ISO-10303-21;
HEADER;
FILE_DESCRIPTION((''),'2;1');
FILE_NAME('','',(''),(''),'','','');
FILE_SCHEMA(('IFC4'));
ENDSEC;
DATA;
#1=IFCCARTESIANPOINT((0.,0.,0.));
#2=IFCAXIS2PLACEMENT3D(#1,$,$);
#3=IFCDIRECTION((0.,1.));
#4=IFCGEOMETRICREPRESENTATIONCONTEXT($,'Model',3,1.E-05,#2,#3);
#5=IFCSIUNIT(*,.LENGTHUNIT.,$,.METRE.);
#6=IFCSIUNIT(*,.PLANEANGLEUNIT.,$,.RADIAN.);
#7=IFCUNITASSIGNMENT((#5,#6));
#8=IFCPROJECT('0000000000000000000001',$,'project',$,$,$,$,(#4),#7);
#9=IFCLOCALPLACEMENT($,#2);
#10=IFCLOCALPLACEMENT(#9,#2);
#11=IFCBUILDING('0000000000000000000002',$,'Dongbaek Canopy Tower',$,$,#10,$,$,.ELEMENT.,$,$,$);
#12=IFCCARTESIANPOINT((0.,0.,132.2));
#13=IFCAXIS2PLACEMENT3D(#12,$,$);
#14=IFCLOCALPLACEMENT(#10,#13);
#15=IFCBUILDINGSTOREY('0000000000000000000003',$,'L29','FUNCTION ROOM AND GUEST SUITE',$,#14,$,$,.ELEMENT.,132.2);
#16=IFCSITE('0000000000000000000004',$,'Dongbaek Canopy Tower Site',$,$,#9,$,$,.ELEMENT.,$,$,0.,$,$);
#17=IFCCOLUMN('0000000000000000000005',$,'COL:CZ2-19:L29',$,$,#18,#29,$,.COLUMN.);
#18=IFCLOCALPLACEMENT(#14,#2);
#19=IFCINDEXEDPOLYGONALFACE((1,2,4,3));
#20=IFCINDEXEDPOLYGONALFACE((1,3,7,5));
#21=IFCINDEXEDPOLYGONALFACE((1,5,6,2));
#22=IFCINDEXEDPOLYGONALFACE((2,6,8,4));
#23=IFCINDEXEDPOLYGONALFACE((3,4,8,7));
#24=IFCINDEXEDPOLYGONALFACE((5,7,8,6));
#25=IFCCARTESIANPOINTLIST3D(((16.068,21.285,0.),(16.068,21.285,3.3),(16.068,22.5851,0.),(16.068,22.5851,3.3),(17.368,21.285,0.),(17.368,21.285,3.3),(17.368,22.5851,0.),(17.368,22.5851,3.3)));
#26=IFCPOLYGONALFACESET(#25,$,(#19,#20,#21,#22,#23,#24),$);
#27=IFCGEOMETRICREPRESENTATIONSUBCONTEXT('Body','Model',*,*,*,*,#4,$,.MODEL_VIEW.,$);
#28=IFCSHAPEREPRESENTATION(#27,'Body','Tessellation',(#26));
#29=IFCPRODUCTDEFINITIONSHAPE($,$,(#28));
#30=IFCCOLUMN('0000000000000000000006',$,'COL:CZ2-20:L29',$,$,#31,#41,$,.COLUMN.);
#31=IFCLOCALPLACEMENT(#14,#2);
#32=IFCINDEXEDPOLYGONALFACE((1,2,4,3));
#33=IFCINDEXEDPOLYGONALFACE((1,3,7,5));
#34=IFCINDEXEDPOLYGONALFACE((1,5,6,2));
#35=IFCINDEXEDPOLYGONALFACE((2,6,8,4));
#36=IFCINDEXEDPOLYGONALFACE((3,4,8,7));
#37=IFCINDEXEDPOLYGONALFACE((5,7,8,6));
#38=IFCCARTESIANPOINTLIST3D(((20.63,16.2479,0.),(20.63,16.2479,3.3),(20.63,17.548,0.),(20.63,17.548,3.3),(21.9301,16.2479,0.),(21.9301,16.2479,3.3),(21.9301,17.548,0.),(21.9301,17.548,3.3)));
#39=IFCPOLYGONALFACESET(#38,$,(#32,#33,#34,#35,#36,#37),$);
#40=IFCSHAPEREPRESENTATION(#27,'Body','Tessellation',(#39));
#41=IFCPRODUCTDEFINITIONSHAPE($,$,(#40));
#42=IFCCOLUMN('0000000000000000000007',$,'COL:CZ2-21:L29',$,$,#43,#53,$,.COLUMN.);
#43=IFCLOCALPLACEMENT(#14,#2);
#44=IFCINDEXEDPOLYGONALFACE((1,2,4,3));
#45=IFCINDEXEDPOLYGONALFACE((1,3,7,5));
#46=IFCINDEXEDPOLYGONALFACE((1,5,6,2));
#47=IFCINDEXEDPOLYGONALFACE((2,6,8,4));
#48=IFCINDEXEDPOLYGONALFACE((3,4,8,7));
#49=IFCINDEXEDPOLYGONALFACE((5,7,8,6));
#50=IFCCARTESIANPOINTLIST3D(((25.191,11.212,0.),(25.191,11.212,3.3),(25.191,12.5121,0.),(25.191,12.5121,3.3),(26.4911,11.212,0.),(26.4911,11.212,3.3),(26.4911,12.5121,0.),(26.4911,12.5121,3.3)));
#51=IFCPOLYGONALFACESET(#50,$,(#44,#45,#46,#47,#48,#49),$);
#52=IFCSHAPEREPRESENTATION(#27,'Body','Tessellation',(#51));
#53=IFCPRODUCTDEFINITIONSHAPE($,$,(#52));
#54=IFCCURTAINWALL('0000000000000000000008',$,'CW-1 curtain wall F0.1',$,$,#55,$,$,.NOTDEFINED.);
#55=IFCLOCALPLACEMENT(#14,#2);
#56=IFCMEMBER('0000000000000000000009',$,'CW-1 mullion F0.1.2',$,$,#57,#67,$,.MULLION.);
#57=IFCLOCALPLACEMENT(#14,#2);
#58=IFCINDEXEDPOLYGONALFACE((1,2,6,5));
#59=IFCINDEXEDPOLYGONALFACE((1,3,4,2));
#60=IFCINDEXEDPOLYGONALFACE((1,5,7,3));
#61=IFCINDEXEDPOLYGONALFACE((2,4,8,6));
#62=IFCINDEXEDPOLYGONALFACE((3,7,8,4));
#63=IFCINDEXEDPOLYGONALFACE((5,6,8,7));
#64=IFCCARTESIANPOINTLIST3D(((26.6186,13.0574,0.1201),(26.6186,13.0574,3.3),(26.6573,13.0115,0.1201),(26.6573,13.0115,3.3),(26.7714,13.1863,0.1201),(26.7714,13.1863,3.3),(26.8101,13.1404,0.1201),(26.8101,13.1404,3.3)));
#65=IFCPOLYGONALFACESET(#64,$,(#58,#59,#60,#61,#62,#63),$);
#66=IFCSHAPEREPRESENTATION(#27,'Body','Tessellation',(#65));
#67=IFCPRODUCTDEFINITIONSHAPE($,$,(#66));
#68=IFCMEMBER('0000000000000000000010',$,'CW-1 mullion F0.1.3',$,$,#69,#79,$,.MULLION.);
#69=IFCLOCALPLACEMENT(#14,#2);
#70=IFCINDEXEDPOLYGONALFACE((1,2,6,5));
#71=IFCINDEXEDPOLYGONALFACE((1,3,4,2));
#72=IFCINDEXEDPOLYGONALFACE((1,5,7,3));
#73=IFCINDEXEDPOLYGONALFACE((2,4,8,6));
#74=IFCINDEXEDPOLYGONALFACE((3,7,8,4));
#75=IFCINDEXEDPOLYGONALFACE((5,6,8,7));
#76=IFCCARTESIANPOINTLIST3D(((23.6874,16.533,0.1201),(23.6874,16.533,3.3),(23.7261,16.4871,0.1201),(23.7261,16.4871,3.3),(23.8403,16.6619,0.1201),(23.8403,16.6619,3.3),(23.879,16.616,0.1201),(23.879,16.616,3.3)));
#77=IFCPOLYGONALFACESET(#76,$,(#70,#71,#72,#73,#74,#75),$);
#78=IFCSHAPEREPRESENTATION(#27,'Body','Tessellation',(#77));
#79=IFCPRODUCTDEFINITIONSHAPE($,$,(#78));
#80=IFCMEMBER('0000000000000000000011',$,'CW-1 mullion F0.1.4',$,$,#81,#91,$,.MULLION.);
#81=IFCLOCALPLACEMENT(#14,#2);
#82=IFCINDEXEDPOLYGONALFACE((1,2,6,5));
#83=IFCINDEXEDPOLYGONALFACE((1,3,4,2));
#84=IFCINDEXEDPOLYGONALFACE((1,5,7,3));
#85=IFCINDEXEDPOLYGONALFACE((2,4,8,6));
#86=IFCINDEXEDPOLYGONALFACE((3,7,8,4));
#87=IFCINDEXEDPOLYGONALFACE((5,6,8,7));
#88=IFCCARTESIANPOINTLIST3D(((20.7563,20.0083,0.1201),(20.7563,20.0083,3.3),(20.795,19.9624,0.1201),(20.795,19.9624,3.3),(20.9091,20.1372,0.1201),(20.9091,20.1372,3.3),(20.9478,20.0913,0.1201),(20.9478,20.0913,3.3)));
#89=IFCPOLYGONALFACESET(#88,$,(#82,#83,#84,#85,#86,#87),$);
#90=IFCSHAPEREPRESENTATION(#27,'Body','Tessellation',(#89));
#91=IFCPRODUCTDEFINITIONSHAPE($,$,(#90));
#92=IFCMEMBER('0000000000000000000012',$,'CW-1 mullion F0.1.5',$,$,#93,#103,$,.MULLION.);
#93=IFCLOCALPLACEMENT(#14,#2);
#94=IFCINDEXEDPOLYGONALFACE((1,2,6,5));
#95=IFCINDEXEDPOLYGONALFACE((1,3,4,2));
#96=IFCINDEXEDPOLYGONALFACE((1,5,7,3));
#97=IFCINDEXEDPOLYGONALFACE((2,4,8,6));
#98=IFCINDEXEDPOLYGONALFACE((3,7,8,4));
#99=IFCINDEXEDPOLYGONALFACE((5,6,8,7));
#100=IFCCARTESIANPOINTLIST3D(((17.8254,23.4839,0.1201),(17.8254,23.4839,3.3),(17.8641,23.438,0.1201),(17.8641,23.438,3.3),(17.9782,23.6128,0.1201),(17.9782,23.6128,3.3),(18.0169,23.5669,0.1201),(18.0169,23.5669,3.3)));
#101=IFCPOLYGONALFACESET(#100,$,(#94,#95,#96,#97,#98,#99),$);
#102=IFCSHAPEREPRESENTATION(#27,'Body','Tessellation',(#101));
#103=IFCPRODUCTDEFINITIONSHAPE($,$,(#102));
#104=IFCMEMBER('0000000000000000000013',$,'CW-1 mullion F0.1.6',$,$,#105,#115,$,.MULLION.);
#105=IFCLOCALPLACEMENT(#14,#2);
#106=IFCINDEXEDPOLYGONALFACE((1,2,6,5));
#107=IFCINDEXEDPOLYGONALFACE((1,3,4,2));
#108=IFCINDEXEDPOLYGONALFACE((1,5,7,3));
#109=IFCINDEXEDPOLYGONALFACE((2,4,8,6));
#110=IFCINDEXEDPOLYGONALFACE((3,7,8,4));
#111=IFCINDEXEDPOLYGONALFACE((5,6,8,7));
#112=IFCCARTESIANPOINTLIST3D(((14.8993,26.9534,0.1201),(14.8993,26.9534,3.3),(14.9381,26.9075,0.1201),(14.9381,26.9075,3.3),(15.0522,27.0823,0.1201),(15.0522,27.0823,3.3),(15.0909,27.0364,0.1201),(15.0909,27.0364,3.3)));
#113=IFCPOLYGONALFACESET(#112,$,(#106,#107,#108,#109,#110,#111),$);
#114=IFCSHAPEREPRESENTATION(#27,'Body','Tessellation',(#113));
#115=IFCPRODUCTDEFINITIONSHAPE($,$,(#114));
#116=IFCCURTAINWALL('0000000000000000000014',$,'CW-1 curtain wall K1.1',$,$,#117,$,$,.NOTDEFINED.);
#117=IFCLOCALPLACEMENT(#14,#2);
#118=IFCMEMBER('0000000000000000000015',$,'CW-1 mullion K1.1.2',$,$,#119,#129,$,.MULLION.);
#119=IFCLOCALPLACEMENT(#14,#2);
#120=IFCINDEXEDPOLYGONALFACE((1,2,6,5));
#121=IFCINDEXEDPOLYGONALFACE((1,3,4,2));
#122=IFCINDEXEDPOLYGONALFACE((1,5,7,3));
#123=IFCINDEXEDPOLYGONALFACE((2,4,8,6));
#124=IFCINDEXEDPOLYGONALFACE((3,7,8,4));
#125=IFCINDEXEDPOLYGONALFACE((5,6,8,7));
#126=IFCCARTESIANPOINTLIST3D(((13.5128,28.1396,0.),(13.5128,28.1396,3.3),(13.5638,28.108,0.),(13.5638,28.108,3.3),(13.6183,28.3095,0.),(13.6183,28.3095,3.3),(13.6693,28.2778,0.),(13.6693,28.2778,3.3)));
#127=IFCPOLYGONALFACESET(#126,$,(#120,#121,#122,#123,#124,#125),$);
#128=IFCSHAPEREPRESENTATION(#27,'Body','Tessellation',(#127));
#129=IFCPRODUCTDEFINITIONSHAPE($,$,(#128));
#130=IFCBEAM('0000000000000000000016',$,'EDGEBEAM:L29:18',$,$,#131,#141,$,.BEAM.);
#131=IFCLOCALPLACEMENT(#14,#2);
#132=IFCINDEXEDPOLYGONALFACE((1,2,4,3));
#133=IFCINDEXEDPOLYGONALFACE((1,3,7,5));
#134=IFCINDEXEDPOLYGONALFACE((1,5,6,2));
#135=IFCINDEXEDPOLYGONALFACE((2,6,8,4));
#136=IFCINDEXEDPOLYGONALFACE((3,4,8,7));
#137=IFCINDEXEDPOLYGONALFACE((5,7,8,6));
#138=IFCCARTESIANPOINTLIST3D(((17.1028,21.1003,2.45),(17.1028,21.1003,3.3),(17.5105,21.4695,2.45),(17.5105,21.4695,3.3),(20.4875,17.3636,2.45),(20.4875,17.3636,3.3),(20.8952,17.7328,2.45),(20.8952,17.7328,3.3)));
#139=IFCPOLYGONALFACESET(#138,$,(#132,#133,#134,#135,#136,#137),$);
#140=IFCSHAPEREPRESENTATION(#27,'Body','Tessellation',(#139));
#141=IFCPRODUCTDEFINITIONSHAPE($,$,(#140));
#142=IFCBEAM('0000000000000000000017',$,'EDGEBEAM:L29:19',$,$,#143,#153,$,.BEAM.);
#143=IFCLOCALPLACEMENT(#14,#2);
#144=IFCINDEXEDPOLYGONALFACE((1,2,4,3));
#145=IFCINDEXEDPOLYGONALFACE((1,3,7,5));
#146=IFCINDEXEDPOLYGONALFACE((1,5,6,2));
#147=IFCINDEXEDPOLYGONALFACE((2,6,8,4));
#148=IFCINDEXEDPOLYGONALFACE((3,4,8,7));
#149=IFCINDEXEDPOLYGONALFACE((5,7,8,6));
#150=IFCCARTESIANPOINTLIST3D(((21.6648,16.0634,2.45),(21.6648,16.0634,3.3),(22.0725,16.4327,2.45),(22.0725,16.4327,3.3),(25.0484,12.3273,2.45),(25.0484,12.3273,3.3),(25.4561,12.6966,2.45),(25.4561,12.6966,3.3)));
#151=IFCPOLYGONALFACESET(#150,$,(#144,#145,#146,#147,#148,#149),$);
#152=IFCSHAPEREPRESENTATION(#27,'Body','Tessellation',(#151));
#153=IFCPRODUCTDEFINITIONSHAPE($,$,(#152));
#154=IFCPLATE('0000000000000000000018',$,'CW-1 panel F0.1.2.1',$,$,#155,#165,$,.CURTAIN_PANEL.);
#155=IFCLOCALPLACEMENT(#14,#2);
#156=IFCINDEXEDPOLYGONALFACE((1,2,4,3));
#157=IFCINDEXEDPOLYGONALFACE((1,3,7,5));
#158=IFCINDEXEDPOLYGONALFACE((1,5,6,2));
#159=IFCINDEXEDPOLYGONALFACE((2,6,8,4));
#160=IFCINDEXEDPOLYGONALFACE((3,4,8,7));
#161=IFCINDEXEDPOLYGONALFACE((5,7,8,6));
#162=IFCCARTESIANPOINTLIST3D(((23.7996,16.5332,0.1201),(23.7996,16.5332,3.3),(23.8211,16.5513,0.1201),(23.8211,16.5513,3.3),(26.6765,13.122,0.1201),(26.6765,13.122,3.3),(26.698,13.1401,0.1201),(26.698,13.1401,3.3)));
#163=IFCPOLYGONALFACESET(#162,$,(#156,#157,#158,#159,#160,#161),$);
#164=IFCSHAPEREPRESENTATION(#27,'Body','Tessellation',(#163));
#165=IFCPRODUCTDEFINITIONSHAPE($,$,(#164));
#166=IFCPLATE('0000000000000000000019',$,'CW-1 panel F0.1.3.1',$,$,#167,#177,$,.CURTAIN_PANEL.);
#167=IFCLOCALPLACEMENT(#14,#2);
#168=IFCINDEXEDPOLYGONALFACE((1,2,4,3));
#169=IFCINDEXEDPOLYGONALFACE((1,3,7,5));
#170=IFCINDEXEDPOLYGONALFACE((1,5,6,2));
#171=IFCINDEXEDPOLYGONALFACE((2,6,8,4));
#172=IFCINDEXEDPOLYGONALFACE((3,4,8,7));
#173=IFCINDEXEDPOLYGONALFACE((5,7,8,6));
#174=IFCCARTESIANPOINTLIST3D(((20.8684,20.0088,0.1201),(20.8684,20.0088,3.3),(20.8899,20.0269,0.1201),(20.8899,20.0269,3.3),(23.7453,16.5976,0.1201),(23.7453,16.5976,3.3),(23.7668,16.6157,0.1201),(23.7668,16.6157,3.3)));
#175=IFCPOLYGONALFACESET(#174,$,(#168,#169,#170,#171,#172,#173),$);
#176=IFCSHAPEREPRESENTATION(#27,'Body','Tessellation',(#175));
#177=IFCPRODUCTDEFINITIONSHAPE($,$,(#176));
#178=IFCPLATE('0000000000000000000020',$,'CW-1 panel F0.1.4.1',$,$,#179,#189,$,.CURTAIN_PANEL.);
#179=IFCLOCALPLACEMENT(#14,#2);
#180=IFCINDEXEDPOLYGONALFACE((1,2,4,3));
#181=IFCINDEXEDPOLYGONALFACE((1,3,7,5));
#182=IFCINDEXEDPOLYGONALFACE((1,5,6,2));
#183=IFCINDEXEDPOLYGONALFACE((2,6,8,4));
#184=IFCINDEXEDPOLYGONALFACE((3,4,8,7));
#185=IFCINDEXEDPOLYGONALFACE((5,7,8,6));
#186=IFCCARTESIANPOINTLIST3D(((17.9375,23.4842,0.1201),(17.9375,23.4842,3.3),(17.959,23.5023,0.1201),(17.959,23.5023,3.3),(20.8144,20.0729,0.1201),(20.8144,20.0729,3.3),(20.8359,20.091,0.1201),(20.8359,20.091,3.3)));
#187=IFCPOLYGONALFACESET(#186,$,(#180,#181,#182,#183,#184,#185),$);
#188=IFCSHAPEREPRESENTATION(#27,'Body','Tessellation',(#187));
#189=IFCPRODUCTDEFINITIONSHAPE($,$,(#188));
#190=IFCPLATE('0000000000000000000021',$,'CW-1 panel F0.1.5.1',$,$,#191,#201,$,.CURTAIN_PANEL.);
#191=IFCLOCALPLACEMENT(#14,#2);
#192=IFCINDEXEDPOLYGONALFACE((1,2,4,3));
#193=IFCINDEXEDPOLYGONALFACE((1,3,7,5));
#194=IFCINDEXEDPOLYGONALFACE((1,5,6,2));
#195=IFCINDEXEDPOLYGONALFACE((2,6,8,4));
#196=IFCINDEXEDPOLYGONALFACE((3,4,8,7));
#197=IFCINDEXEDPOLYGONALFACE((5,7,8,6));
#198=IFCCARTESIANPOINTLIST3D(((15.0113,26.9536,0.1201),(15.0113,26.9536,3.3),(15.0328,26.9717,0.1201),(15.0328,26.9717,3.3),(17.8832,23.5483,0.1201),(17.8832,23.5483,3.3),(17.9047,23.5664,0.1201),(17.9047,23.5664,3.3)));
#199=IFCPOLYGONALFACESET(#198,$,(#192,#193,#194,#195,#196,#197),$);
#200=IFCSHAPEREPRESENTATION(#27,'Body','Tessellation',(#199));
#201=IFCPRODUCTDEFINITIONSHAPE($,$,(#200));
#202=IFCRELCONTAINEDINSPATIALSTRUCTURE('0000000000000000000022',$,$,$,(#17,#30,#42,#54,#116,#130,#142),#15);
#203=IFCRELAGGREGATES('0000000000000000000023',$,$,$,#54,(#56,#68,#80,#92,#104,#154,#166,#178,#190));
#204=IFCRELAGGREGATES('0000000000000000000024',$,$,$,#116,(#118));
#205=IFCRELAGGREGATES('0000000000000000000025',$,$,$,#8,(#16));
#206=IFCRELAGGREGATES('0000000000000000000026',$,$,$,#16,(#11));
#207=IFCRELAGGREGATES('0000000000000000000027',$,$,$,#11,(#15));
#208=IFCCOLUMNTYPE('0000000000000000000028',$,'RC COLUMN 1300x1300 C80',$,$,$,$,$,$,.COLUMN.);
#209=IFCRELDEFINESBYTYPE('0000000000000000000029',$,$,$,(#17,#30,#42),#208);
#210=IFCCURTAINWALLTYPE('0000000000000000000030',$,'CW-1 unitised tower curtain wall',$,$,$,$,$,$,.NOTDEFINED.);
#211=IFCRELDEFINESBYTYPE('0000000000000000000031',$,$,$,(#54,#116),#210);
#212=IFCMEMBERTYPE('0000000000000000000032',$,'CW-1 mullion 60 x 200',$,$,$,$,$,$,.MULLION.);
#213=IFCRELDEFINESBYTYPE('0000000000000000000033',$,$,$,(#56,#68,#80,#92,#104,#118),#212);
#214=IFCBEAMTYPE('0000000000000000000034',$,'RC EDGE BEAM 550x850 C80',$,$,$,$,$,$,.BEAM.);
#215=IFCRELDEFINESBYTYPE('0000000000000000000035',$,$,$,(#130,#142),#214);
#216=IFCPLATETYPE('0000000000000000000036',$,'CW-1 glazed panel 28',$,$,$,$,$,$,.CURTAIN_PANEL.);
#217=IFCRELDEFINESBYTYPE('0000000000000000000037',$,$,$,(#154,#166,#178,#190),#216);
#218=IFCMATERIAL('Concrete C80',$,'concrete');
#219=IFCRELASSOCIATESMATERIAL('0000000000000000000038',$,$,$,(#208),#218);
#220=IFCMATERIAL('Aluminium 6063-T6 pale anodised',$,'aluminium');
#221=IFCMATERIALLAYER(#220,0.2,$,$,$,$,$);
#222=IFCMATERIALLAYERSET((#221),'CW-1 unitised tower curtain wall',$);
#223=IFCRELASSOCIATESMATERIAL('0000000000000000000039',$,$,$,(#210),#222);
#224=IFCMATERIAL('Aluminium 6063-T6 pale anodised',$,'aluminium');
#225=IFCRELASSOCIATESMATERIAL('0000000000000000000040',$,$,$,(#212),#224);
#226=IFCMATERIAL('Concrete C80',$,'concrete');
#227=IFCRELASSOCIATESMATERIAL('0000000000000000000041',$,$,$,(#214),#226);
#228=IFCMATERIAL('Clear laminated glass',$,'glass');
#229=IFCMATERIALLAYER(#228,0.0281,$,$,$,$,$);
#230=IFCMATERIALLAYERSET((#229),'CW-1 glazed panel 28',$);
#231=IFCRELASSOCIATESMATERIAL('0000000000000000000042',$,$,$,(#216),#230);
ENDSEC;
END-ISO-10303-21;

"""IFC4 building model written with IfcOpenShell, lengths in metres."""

from ifc_helpers import new_model, si_unit, direction, frame, origin, origin_2d, place, context, subcontext, project, spatial, rectangle, extrude, material, layer, layer_set, material_profile, profile_set, type_object, element, aggregate, save


model = new_model("IFC4")

# Units and contexts
model_context = context("Model", 3, precision=1e-05, world=origin(), true_north=direction((0.0, 1.0)))
body_context = subcontext(model_context, "Body", "Model", "MODEL_VIEW")
ifc_project = project(units=[si_unit("LENGTHUNIT", "METRE"), si_unit("PLANEANGLEUNIT", "RADIAN")], contexts=[model_context])

# Site, building, storey
site_placement = place(None, origin())
site = spatial("IfcSite", under=ifc_project, at=site_placement, Name="Dongbaek Canopy Tower Site", CompositionType="ELEMENT", RefElevation=0.0)
building_placement = place(site_placement, origin())
building = spatial("IfcBuilding", under=site, at=building_placement, Name="Dongbaek Canopy Tower", CompositionType="ELEMENT")
storey_placement = place(building_placement, frame((0.0, 0.0, 132.2)))
storey = spatial("IfcBuildingStorey", under=building, at=storey_placement, Name="L29", Description="FUNCTION ROOM AND GUEST SUITE", CompositionType="ELEMENT", Elevation=132.2)

# Columns
ifc_material_1 = material(Name="Concrete C80", Category="concrete")
ifc_material_profile_1 = material_profile(ifc_material_1, rectangle(XDim=1.3, YDim=1.3, at=origin_2d()), Name="RC COLUMN 1300x1300 C80")
ifc_profile_set_1 = profile_set([ifc_material_profile_1], Name="Concrete C80")
column_type = type_object("IfcColumnType", Name="RC COLUMN 1300x1300 C80", PredefinedType="COLUMN", material=ifc_profile_set_1)
for number, where, z_axis, x_axis, name in (
    (1, (16.718, 21.9351, 0.0), (0.0, 0.0, 1.0), (1.0, 0.0, 0.0), "COL:CZ2-19:L29"),
    (2, (21.28, 16.8979, 0.0), (0.0, 0.0, 1.0), (1.0, 0.0, 0.0), "COL:CZ2-20:L29"),
    (3, (25.8411, 11.8621, 0.0), (0.0, 0.0, 1.0), (1.0, 0.0, 0.0), "COL:CZ2-21:L29"),
):
    element("IfcColumn", number, at=place(storey_placement, frame(where, z_axis=z_axis, x_axis=x_axis)), inside=storey, type_object=column_type, Name=name, PredefinedType="COLUMN", context=body_context, shape_type="SweptSolid", body=[
        extrude(rectangle(XDim=1.3, YDim=1.3, at=origin_2d()), origin(), (0.0, 0.0, 1.0), 3.3),
    ])

# Curtain wall, members
ifc_material_2 = material(Name="Aluminium 6063-T6 pale anodised", Category="aluminium")
ifc_layer_1 = layer(ifc_material_2, 0.2)
ifc_layer_set_1 = layer_set([ifc_layer_1], Name="CW-1 unitised tower curtain wall")
curtain_wall_type = type_object("IfcCurtainWallType", Name="CW-1 unitised tower curtain wall", PredefinedType="NOTDEFINED", material=ifc_layer_set_1)
curtain_wall_1_placement = place(storey_placement, origin())
curtain_wall_1 = element("IfcCurtainWall", 4, at=curtain_wall_1_placement, inside=storey, type_object=curtain_wall_type, Name="CW-1 curtain wall F0.1", PredefinedType="NOTDEFINED")
ifc_material_3 = material(Name="Aluminium 6063-T6 pale anodised", Category="aluminium")
ifc_material_profile_2 = material_profile(ifc_material_3, rectangle(XDim=0.2, YDim=0.0601, at=origin_2d()), Name="CW-1 mullion 60 x 200")
ifc_profile_set_2 = profile_set([ifc_material_profile_2], Name="Aluminium 6063-T6 pale anodised")
member_type = type_object("IfcMemberType", Name="CW-1 mullion 60 x 200", PredefinedType="MULLION", material=ifc_profile_set_2)
member_1_placement = place(storey_placement, frame((26.7144, 13.0989, 0.1201), z_axis=(0.0, 0.0, 1.0), x_axis=(0.764439, 0.644696, 0.0)))
member_1 = element("IfcMember", 5, at=member_1_placement, type_object=member_type, Name="CW-1 mullion F0.1.2", PredefinedType="MULLION", context=body_context, shape_type="SweptSolid", body=[
    extrude(rectangle(XDim=0.2, YDim=0.0601, at=origin_2d()), origin(), (0.0, 0.0, 1.0), 3.1799),
])
member_2_placement = place(storey_placement, frame((23.7832, 16.5745, 0.1201), z_axis=(0.0, 0.0, 1.0), x_axis=(0.764439, 0.644696, 0.0)))
member_2 = element("IfcMember", 6, at=member_2_placement, type_object=member_type, Name="CW-1 mullion F0.1.3", PredefinedType="MULLION", context=body_context, shape_type="SweptSolid", body=[
    extrude(rectangle(XDim=0.2, YDim=0.0601, at=origin_2d()), origin(), (0.0, 0.0, 1.0), 3.1799),
])
member_3_placement = place(storey_placement, frame((20.8521, 20.0498, 0.1201), z_axis=(0.0, 0.0, 1.0), x_axis=(0.764439, 0.644696, 0.0)))
member_3 = element("IfcMember", 7, at=member_3_placement, type_object=member_type, Name="CW-1 mullion F0.1.4", PredefinedType="MULLION", context=body_context, shape_type="SweptSolid", body=[
    extrude(rectangle(XDim=0.2, YDim=0.0601, at=origin_2d()), origin(), (0.0, 0.0, 1.0), 3.1799),
])
member_4_placement = place(storey_placement, frame((17.9211, 23.5254, 0.1201), z_axis=(0.0, 0.0, 1.0), x_axis=(0.764439, 0.644696, 0.0)))
member_4 = element("IfcMember", 8, at=member_4_placement, type_object=member_type, Name="CW-1 mullion F0.1.5", PredefinedType="MULLION", context=body_context, shape_type="SweptSolid", body=[
    extrude(rectangle(XDim=0.2, YDim=0.0601, at=origin_2d()), origin(), (0.0, 0.0, 1.0), 3.1799),
])
member_5_placement = place(storey_placement, frame((14.9951, 26.9949, 0.1201), z_axis=(0.0, 0.0, 1.0), x_axis=(0.764439, 0.644696, 0.0)))
member_5 = element("IfcMember", 9, at=member_5_placement, type_object=member_type, Name="CW-1 mullion F0.1.6", PredefinedType="MULLION", context=body_context, shape_type="SweptSolid", body=[
    extrude(rectangle(XDim=0.2, YDim=0.0601, at=origin_2d()), origin(), (0.0, 0.0, 1.0), 3.1799),
])

# Curtain wall, member
curtain_wall_2_placement = place(storey_placement, origin())
curtain_wall_2 = element("IfcCurtainWall", 10, at=curtain_wall_2_placement, inside=storey, type_object=curtain_wall_type, Name="CW-1 curtain wall K1.1", PredefinedType="NOTDEFINED")
member_6_placement = place(storey_placement, frame((13.5911, 28.2087, 0.0), z_axis=(0.0, 0.0, 1.0), x_axis=(0.527441, 0.849592, 0.0)))
member_6 = element("IfcMember", 11, at=member_6_placement, type_object=member_type, Name="CW-1 mullion K1.1.2", PredefinedType="MULLION", context=body_context, shape_type="SweptSolid", body=[
    extrude(rectangle(XDim=0.2, YDim=0.0601, at=origin_2d()), origin(), (0.0, 0.0, 1.0), 3.3),
])

# Beams
ifc_material_4 = material(Name="Concrete C80", Category="concrete")
ifc_material_profile_3 = material_profile(ifc_material_4, rectangle(XDim=0.55, YDim=0.8501, at=origin_2d()), Name="RC EDGE BEAM 550x850 C80")
ifc_profile_set_3 = profile_set([ifc_material_profile_3], Name="Concrete C80")
beam_type = type_object("IfcBeamType", Name="RC EDGE BEAM 550x850 C80", PredefinedType="BEAM", material=ifc_profile_set_3)
beam_1_placement = place(storey_placement, frame((17.3066, 21.2849, 2.875), z_axis=(0.671332, -0.741157, 0.0), x_axis=(0.741157, 0.671332, 0.0)))
element("IfcBeam", 12, at=beam_1_placement, inside=storey, type_object=beam_type, Name="EDGEBEAM:L29:18", PredefinedType="BEAM", context=body_context, shape_type="SweptSolid", body=[
    extrude(rectangle(XDim=0.55, YDim=0.8501, at=origin_2d()), origin(), (0.0, 0.0, 1.0), 5.0417),
])
beam_2_placement = place(storey_placement, frame((21.8687, 16.248, 2.875), z_axis=(0.671271, -0.741212, 0.0), x_axis=(0.741212, 0.671271, 0.0)))
element("IfcBeam", 13, at=beam_2_placement, inside=storey, type_object=beam_type, Name="EDGEBEAM:L29:19", PredefinedType="BEAM", context=body_context, shape_type="SweptSolid", body=[
    extrude(rectangle(XDim=0.55, YDim=0.8501, at=origin_2d()), origin(), (0.0, 0.0, 1.0), 5.0405),
])

# Plates
ifc_material_5 = material(Name="Clear laminated glass", Category="glass")
ifc_layer_2 = layer(ifc_material_5, 0.0281)
ifc_layer_set_2 = layer_set([ifc_layer_2], Name="CW-1 glazed panel 28")
plate_type = type_object("IfcPlateType", Name="CW-1 glazed panel 28", PredefinedType="CURTAIN_PANEL", material=ifc_layer_set_2)
plate_1_placement = place(storey_placement, frame((25.2488, 14.8367, 0.1201), z_axis=(0.0, 0.0, 1.0), x_axis=(-0.644696, 0.764439, 0.0)))
plate_1 = element("IfcPlate", 14, at=plate_1_placement, type_object=plate_type, Name="CW-1 panel F0.1.2.1", PredefinedType="CURTAIN_PANEL", context=body_context, shape_type="SweptSolid", body=[
    extrude(rectangle(XDim=4.4624, YDim=0.0281, at=origin_2d()), origin(), (0.0, 0.0, 1.0), 3.1799),
])
plate_2_placement = place(storey_placement, frame((22.3176, 18.3123, 0.1201), z_axis=(0.0, 0.0, 1.0), x_axis=(-0.644696, 0.764439, 0.0)))
plate_2 = element("IfcPlate", 15, at=plate_2_placement, type_object=plate_type, Name="CW-1 panel F0.1.3.1", PredefinedType="CURTAIN_PANEL", context=body_context, shape_type="SweptSolid", body=[
    extrude(rectangle(XDim=4.4624, YDim=0.0281, at=origin_2d()), origin(), (0.0, 0.0, 1.0), 3.1799),
])
plate_3_placement = place(storey_placement, frame((19.3867, 21.7876, 0.1201), z_axis=(0.0, 0.0, 1.0), x_axis=(-0.644696, 0.764439, 0.0)))
plate_3 = element("IfcPlate", 16, at=plate_3_placement, type_object=plate_type, Name="CW-1 panel F0.1.4.1", PredefinedType="CURTAIN_PANEL", context=body_context, shape_type="SweptSolid", body=[
    extrude(rectangle(XDim=4.4624, YDim=0.0281, at=origin_2d()), origin(), (0.0, 0.0, 1.0), 3.1799),
])
plate_4_placement = place(storey_placement, frame((16.458, 25.26, 0.1201), z_axis=(0.0, 0.0, 1.0), x_axis=(-0.644696, 0.764439, 0.0)))
plate_4 = element("IfcPlate", 17, at=plate_4_placement, type_object=plate_type, Name="CW-1 panel F0.1.5.1", PredefinedType="CURTAIN_PANEL", context=body_context, shape_type="SweptSolid", body=[
    extrude(rectangle(XDim=4.4546, YDim=0.0281, at=origin_2d()), origin(), (0.0, 0.0, 1.0), 3.1799),
])

aggregate(curtain_wall_1, [member_1, member_2, member_3, member_4, member_5, plate_1, plate_2, plate_3, plate_4])
aggregate(curtain_wall_2, [member_6])

save(model, "model.ifc")
